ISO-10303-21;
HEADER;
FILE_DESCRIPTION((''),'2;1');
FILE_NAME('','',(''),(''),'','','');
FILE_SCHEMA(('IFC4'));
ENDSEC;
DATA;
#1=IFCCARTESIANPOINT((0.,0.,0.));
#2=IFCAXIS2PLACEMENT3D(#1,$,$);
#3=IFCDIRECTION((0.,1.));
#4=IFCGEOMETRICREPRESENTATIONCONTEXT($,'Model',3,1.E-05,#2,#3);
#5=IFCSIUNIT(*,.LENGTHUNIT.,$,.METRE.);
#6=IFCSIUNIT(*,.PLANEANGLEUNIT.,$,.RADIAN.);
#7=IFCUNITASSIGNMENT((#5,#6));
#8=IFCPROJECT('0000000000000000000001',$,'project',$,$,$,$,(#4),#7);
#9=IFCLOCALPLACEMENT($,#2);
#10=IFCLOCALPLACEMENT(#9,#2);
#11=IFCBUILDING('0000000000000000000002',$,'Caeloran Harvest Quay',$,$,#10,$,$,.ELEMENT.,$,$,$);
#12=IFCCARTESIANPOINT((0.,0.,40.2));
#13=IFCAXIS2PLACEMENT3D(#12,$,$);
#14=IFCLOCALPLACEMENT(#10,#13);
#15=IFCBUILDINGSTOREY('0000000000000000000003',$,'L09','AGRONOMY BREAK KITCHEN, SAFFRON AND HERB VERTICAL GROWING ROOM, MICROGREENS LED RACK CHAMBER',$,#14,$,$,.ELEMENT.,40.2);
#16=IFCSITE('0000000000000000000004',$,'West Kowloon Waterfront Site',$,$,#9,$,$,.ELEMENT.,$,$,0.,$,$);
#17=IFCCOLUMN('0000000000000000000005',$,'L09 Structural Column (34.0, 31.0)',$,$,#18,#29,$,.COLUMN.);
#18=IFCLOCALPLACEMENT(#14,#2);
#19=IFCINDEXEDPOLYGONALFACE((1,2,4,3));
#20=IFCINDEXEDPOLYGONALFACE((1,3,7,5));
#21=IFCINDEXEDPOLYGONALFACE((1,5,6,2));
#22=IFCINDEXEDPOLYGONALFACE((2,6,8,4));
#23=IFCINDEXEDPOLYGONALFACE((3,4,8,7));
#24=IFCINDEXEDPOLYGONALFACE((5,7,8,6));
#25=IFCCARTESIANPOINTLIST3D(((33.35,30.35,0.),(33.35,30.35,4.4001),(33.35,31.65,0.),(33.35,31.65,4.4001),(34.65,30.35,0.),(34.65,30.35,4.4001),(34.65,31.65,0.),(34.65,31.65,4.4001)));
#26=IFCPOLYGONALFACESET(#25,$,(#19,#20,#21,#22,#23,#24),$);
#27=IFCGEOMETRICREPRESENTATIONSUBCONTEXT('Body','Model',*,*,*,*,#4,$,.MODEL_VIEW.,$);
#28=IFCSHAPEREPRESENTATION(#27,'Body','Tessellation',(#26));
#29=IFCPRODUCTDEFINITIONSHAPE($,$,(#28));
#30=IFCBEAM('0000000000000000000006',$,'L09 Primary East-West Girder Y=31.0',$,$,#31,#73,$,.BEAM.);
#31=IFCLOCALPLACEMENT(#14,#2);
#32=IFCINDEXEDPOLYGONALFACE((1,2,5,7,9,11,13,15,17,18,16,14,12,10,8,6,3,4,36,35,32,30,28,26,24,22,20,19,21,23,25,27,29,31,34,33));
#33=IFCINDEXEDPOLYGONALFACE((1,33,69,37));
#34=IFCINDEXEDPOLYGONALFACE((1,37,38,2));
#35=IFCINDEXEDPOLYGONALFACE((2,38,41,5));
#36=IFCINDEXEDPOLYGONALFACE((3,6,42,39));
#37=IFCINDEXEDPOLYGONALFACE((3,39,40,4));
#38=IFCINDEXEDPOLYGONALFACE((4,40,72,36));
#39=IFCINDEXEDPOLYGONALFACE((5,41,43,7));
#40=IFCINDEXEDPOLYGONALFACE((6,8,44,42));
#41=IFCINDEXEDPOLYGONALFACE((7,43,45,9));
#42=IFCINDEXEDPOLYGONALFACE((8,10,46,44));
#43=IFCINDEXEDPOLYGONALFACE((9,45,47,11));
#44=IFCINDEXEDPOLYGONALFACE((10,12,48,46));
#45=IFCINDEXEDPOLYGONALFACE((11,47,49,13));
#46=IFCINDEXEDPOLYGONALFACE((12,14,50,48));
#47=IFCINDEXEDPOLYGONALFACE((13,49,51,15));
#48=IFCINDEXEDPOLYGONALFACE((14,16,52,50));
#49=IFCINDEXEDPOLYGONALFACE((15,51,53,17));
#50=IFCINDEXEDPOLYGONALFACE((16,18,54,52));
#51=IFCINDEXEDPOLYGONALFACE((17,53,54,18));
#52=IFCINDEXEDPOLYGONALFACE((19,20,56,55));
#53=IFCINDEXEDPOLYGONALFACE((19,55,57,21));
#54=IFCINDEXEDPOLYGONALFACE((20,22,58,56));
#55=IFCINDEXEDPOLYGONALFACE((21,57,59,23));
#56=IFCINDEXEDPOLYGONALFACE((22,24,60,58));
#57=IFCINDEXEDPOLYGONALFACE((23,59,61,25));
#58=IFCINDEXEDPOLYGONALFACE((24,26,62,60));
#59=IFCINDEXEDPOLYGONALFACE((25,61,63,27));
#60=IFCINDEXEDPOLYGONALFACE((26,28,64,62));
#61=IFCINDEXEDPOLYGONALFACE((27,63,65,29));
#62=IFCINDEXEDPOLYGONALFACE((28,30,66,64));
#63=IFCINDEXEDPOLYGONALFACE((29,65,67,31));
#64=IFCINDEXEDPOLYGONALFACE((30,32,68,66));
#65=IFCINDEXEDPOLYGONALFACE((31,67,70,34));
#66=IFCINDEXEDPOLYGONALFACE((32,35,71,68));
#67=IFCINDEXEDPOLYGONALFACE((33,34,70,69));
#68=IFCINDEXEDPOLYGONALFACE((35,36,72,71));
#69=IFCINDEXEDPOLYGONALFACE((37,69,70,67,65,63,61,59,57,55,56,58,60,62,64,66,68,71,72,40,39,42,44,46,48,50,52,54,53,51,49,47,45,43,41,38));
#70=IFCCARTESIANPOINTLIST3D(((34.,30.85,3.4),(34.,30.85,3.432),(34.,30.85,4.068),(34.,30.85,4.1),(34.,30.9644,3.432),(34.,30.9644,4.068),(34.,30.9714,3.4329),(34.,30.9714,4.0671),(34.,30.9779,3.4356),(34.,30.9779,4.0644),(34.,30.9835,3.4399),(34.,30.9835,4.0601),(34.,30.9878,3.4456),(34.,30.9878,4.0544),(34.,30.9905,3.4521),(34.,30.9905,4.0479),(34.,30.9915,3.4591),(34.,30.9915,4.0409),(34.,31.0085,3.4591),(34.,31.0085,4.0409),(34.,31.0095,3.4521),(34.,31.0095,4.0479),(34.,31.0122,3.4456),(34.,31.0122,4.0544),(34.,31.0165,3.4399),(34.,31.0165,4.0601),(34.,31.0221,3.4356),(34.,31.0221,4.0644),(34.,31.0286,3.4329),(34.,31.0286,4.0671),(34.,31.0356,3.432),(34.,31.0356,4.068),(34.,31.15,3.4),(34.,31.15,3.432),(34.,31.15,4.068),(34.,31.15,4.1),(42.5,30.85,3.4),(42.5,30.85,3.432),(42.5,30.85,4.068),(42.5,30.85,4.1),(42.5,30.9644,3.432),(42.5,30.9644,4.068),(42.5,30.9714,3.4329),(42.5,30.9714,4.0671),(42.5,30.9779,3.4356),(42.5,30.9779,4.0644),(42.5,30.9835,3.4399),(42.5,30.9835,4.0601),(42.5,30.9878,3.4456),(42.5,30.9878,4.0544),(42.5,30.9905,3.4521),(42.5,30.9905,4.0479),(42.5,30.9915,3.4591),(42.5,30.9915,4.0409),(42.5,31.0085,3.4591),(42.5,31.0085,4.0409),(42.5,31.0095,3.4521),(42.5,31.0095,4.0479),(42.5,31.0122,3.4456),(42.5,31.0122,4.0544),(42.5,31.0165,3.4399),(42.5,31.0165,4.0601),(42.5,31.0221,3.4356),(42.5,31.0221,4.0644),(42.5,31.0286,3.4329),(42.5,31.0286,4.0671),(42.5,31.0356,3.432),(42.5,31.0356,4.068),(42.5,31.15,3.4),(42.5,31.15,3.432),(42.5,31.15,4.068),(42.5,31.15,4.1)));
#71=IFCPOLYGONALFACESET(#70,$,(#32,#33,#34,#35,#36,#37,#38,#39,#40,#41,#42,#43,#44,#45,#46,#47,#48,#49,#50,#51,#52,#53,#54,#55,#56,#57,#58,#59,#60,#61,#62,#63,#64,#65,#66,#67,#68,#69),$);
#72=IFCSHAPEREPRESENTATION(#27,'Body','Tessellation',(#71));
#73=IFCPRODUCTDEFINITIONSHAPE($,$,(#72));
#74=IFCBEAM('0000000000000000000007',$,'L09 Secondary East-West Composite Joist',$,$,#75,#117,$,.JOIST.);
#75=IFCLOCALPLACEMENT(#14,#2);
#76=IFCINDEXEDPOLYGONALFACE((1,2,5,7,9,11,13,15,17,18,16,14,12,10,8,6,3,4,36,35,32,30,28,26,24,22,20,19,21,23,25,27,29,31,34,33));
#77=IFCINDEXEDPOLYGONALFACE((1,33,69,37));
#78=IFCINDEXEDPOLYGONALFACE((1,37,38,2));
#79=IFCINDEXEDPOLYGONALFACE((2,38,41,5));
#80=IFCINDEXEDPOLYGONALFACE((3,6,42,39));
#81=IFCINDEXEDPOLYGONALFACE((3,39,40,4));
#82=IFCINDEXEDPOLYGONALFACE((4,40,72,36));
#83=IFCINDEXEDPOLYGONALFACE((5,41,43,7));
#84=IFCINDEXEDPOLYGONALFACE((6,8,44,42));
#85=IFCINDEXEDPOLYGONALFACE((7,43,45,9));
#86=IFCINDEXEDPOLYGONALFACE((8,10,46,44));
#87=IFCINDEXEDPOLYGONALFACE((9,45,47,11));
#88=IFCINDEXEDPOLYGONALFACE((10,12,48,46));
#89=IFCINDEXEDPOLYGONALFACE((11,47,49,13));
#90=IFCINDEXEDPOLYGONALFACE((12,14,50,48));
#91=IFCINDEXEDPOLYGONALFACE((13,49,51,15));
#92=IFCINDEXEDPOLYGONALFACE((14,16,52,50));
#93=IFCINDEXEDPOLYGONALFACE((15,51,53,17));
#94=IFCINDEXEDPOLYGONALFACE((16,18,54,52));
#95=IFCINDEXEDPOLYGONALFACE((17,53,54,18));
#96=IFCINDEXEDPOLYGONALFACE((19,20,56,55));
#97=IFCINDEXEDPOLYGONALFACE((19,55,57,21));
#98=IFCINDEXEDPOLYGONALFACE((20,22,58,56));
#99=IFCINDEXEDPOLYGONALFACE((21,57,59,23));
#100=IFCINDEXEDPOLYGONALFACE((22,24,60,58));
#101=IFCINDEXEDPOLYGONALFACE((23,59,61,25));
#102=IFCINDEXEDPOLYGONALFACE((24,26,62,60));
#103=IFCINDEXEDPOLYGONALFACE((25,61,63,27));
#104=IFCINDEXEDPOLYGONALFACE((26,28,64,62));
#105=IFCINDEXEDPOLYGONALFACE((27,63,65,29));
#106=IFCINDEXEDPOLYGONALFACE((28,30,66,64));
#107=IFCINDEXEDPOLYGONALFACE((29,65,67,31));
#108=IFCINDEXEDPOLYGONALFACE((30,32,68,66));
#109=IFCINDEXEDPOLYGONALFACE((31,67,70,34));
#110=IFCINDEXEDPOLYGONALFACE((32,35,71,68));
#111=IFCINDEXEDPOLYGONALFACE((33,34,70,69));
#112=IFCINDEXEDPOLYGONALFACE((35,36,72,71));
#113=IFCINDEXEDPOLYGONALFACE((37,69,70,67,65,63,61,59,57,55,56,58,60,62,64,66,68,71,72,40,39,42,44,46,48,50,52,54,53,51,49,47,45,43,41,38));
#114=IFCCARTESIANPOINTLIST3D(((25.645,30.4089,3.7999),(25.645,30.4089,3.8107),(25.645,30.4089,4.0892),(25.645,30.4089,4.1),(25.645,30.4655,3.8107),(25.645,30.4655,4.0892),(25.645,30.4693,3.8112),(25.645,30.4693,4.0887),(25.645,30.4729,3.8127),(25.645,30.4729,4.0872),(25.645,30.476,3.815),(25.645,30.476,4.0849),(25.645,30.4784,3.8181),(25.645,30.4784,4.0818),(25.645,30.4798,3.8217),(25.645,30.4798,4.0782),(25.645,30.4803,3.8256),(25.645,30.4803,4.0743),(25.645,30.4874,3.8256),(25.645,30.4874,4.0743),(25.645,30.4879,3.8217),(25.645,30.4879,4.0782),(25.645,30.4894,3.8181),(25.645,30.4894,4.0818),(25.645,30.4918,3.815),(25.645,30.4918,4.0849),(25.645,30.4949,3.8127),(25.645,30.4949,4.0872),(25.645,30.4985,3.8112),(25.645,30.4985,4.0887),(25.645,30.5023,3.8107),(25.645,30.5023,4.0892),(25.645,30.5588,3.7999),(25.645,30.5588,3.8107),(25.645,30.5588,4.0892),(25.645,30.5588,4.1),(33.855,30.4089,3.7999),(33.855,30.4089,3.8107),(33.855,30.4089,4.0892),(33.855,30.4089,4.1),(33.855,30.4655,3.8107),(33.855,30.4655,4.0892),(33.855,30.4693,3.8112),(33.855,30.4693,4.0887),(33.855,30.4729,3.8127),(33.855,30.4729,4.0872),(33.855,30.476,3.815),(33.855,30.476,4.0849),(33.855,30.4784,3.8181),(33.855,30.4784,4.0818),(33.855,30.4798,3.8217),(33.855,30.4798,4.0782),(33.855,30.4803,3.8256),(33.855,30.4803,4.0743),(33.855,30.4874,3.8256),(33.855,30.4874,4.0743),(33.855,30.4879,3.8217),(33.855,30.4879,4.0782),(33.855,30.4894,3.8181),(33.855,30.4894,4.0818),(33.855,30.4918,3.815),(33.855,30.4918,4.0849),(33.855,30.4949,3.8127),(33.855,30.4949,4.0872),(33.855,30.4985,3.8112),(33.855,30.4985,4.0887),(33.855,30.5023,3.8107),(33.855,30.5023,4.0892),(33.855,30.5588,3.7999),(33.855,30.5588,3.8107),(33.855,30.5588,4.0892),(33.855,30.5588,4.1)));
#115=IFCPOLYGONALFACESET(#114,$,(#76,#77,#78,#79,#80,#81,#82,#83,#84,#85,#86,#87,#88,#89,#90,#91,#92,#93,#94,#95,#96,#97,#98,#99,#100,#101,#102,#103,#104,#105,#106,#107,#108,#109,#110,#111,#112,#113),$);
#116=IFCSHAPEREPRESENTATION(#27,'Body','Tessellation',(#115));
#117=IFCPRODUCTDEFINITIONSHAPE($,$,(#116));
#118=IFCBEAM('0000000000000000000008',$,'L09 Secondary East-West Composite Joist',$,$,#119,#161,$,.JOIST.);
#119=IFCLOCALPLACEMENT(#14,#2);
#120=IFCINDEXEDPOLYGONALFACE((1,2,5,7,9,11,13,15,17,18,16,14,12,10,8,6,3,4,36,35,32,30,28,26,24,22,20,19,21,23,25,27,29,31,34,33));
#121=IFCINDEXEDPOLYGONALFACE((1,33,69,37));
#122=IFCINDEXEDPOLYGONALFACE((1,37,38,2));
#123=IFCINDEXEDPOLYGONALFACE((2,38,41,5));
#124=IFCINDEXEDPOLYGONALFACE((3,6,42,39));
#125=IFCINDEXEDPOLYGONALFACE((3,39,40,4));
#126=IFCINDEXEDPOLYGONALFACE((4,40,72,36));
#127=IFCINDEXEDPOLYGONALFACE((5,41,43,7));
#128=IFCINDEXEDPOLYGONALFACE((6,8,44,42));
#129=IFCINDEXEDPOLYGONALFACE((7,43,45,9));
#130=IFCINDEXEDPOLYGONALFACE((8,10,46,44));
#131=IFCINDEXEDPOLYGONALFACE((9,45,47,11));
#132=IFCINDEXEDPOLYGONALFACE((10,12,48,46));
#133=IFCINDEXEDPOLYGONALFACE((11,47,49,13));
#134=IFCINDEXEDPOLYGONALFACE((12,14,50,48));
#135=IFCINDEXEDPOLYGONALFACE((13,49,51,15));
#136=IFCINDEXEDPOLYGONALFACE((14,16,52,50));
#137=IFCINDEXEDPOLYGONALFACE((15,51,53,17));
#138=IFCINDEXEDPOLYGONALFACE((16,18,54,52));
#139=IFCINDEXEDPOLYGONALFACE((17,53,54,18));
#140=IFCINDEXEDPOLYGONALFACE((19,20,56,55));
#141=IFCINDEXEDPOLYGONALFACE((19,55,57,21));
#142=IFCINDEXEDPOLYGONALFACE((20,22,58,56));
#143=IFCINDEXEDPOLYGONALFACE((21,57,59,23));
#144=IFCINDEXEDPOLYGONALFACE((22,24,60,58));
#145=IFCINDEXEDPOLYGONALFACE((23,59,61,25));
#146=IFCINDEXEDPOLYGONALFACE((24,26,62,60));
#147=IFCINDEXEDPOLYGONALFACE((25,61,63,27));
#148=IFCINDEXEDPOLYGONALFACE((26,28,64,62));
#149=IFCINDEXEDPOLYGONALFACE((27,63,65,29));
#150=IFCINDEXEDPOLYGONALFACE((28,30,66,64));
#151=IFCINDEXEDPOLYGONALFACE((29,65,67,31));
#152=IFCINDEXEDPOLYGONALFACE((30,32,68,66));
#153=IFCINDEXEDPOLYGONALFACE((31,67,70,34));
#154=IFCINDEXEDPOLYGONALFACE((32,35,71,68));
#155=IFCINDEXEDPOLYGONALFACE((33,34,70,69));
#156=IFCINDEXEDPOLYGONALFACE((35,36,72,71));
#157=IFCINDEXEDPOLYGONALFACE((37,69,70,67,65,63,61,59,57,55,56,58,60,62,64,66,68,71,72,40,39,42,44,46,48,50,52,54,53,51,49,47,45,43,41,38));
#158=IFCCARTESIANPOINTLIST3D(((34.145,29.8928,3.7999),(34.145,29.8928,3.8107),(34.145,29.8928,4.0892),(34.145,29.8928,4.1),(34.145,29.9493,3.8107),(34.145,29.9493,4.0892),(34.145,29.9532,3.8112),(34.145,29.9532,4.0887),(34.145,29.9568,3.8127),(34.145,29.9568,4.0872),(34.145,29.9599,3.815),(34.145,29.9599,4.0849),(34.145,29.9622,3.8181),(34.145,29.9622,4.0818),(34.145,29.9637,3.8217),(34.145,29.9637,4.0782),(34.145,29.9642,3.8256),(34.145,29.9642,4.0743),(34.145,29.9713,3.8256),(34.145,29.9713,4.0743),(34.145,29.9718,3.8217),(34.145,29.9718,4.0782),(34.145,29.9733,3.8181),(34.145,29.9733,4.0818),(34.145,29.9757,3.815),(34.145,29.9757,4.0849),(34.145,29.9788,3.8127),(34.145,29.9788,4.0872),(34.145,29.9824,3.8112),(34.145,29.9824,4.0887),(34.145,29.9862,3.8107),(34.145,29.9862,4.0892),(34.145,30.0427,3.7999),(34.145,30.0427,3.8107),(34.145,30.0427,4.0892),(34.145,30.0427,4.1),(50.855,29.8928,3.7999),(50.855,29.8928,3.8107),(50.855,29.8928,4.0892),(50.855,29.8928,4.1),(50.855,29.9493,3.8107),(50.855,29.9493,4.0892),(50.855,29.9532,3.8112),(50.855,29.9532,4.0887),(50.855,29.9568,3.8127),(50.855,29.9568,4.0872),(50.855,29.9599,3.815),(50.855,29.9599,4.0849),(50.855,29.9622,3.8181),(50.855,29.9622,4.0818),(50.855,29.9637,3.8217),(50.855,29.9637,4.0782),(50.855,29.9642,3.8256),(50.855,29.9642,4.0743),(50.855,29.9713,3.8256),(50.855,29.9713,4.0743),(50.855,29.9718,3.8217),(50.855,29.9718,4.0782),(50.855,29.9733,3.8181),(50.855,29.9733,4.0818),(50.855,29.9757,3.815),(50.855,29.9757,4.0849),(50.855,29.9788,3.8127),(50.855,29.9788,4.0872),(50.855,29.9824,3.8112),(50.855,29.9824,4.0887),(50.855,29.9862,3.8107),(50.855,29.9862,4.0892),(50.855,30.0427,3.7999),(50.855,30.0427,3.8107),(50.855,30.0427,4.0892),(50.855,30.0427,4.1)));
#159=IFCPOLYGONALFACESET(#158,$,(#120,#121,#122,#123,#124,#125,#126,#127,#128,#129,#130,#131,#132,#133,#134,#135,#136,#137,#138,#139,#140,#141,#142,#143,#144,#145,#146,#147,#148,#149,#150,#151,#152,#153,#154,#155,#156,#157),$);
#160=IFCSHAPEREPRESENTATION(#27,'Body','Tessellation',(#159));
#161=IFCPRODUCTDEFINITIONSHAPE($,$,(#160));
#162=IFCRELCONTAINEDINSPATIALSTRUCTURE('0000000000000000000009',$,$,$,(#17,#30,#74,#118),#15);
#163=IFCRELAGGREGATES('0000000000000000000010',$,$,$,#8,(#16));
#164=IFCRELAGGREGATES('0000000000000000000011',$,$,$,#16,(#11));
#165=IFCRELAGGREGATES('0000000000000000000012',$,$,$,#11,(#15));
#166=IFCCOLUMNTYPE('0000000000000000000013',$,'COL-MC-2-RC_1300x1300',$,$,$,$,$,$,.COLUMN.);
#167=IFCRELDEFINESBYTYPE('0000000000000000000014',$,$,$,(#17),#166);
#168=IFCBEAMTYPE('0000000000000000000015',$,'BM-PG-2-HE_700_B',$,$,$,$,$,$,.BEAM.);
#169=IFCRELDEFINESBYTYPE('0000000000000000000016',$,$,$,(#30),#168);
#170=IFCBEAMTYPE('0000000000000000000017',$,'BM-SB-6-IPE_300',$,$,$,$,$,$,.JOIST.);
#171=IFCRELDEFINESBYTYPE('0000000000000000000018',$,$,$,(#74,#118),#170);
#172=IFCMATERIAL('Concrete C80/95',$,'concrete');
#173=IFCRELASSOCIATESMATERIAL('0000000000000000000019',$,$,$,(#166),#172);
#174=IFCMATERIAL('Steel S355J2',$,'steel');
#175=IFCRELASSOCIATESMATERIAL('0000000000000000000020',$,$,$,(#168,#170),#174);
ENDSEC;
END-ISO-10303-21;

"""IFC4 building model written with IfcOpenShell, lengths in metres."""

from ifc_helpers import new_model, si_unit, direction, frame, origin, origin_2d, place, context, subcontext, project, spatial, rectangle, i_section, extrude, material, material_profile, profile_set, type_object, element, save


model = new_model("IFC4")

# Units and contexts
model_context = context("Model", 3, precision=1e-05, world=origin(), true_north=direction((0.0, 1.0)))
body_context = subcontext(model_context, "Body", "Model", "MODEL_VIEW")
ifc_project = project(units=[si_unit("LENGTHUNIT", "METRE"), si_unit("PLANEANGLEUNIT", "RADIAN")], contexts=[model_context])

# Site, building, storey
site_placement = place(None, origin())
site = spatial("IfcSite", under=ifc_project, at=site_placement, Name="West Kowloon Waterfront Site", CompositionType="ELEMENT", RefElevation=0.0)
building_placement = place(site_placement, origin())
building = spatial("IfcBuilding", under=site, at=building_placement, Name="Caeloran Harvest Quay", CompositionType="ELEMENT")
storey_placement = place(building_placement, frame((0.0, 0.0, 40.2)))
storey = spatial("IfcBuildingStorey", under=building, at=storey_placement, Name="L09", Description="AGRONOMY BREAK KITCHEN, SAFFRON AND HERB VERTICAL GROWING ROOM, MICROGREENS LED RACK CHAMBER", CompositionType="ELEMENT", Elevation=40.2)

# Column
ifc_material_1 = material(Name="Concrete C80/95", Category="concrete")
ifc_material_profile_1 = material_profile(ifc_material_1, rectangle(XDim=1.3, YDim=1.3, at=origin_2d()), Name="RC 1300x1300")
ifc_profile_set_1 = profile_set([ifc_material_profile_1], Name="Concrete C80/95")
column_type = type_object("IfcColumnType", Name="COL-MC-2-RC_1300x1300", PredefinedType="COLUMN", material=ifc_profile_set_1)
column_placement = place(storey_placement, frame((34.0, 31.0, 0.0), z_axis=(0.0, 0.0, 1.0), x_axis=(1.0, 0.0, 0.0)))
element("IfcColumn", 1, at=column_placement, inside=storey, type_object=column_type, Name="L09 Structural Column (34.0, 31.0)", PredefinedType="COLUMN", context=body_context, shape_type="SweptSolid", body=[
    extrude(rectangle(XDim=1.3, YDim=1.3, at=origin_2d()), origin(), (0.0, 0.0, 1.0), 4.4001),
])

# Beams
ifc_material_2 = material(Name="Steel S355J2", Category="steel")
ifc_material_profile_2 = material_profile(ifc_material_2, i_section(OverallWidth=0.3, OverallDepth=0.7, WebThickness=0.0171, FlangeThickness=0.032, FilletRadius=0.0271, at=origin_2d()), Name="HE 700 B")
ifc_profile_set_2 = profile_set([ifc_material_profile_2], Name="Steel S355J2")
beam_type_1 = type_object("IfcBeamType", Name="BM-PG-2-HE_700_B", PredefinedType="BEAM", material=ifc_profile_set_2)
beam_1_placement = place(storey_placement, frame((34.0, 31.0, 3.75), z_axis=(1.0, 0.0, 0.0), x_axis=(0.0, 1.0, 0.0)))
element("IfcBeam", 2, at=beam_1_placement, inside=storey, type_object=beam_type_1, Name="L09 Primary East-West Girder Y=31.0", PredefinedType="BEAM", context=body_context, shape_type="SweptSolid", body=[
    extrude(i_section(OverallWidth=0.3, OverallDepth=0.7, WebThickness=0.0171, FlangeThickness=0.032, FilletRadius=0.0271, at=origin_2d()), origin(), (0.0, 0.0, 1.0), 8.5),
])
ifc_material_profile_3 = material_profile(ifc_material_2, i_section(OverallWidth=0.1499, OverallDepth=0.3, WebThickness=0.0071, FlangeThickness=0.0107, FilletRadius=0.0149, at=origin_2d()), Name="IPE 300")
ifc_profile_set_3 = profile_set([ifc_material_profile_3], Name="Steel S355J2")
beam_type_2 = type_object("IfcBeamType", Name="BM-SB-6-IPE_300", PredefinedType="JOIST", material=ifc_profile_set_3)
beam_2_placement = place(storey_placement, frame((25.645, 30.4839, 3.95), z_axis=(1.0, 0.0, 0.0), x_axis=(0.0, 1.0, 0.0)))
element("IfcBeam", 3, at=beam_2_placement, inside=storey, type_object=beam_type_2, Name="L09 Secondary East-West Composite Joist", PredefinedType="JOIST", context=body_context, shape_type="SweptSolid", body=[
    extrude(i_section(OverallWidth=0.1499, OverallDepth=0.3, WebThickness=0.0071, FlangeThickness=0.0107, FilletRadius=0.0149, at=origin_2d()), origin(), (0.0, 0.0, 1.0), 8.21),
])
for number, where, z_axis, x_axis, name in (
    (4, (34.145, 29.9678, 3.95), (1.0, 0.0, 0.0), (0.0, 1.0, 0.0), "L09 Secondary East-West Composite Joist"),
):
    element("IfcBeam", number, at=place(storey_placement, frame(where, z_axis=z_axis, x_axis=x_axis)), inside=storey, type_object=beam_type_2, Name=name, PredefinedType="JOIST", context=body_context, shape_type="SweptSolid", body=[
        extrude(i_section(OverallWidth=0.1499, OverallDepth=0.3, WebThickness=0.0071, FlangeThickness=0.0107, FilletRadius=0.0149, at=origin_2d()), origin(), (0.0, 0.0, 1.0), 16.71),
    ])

save(model, "model.ifc")
